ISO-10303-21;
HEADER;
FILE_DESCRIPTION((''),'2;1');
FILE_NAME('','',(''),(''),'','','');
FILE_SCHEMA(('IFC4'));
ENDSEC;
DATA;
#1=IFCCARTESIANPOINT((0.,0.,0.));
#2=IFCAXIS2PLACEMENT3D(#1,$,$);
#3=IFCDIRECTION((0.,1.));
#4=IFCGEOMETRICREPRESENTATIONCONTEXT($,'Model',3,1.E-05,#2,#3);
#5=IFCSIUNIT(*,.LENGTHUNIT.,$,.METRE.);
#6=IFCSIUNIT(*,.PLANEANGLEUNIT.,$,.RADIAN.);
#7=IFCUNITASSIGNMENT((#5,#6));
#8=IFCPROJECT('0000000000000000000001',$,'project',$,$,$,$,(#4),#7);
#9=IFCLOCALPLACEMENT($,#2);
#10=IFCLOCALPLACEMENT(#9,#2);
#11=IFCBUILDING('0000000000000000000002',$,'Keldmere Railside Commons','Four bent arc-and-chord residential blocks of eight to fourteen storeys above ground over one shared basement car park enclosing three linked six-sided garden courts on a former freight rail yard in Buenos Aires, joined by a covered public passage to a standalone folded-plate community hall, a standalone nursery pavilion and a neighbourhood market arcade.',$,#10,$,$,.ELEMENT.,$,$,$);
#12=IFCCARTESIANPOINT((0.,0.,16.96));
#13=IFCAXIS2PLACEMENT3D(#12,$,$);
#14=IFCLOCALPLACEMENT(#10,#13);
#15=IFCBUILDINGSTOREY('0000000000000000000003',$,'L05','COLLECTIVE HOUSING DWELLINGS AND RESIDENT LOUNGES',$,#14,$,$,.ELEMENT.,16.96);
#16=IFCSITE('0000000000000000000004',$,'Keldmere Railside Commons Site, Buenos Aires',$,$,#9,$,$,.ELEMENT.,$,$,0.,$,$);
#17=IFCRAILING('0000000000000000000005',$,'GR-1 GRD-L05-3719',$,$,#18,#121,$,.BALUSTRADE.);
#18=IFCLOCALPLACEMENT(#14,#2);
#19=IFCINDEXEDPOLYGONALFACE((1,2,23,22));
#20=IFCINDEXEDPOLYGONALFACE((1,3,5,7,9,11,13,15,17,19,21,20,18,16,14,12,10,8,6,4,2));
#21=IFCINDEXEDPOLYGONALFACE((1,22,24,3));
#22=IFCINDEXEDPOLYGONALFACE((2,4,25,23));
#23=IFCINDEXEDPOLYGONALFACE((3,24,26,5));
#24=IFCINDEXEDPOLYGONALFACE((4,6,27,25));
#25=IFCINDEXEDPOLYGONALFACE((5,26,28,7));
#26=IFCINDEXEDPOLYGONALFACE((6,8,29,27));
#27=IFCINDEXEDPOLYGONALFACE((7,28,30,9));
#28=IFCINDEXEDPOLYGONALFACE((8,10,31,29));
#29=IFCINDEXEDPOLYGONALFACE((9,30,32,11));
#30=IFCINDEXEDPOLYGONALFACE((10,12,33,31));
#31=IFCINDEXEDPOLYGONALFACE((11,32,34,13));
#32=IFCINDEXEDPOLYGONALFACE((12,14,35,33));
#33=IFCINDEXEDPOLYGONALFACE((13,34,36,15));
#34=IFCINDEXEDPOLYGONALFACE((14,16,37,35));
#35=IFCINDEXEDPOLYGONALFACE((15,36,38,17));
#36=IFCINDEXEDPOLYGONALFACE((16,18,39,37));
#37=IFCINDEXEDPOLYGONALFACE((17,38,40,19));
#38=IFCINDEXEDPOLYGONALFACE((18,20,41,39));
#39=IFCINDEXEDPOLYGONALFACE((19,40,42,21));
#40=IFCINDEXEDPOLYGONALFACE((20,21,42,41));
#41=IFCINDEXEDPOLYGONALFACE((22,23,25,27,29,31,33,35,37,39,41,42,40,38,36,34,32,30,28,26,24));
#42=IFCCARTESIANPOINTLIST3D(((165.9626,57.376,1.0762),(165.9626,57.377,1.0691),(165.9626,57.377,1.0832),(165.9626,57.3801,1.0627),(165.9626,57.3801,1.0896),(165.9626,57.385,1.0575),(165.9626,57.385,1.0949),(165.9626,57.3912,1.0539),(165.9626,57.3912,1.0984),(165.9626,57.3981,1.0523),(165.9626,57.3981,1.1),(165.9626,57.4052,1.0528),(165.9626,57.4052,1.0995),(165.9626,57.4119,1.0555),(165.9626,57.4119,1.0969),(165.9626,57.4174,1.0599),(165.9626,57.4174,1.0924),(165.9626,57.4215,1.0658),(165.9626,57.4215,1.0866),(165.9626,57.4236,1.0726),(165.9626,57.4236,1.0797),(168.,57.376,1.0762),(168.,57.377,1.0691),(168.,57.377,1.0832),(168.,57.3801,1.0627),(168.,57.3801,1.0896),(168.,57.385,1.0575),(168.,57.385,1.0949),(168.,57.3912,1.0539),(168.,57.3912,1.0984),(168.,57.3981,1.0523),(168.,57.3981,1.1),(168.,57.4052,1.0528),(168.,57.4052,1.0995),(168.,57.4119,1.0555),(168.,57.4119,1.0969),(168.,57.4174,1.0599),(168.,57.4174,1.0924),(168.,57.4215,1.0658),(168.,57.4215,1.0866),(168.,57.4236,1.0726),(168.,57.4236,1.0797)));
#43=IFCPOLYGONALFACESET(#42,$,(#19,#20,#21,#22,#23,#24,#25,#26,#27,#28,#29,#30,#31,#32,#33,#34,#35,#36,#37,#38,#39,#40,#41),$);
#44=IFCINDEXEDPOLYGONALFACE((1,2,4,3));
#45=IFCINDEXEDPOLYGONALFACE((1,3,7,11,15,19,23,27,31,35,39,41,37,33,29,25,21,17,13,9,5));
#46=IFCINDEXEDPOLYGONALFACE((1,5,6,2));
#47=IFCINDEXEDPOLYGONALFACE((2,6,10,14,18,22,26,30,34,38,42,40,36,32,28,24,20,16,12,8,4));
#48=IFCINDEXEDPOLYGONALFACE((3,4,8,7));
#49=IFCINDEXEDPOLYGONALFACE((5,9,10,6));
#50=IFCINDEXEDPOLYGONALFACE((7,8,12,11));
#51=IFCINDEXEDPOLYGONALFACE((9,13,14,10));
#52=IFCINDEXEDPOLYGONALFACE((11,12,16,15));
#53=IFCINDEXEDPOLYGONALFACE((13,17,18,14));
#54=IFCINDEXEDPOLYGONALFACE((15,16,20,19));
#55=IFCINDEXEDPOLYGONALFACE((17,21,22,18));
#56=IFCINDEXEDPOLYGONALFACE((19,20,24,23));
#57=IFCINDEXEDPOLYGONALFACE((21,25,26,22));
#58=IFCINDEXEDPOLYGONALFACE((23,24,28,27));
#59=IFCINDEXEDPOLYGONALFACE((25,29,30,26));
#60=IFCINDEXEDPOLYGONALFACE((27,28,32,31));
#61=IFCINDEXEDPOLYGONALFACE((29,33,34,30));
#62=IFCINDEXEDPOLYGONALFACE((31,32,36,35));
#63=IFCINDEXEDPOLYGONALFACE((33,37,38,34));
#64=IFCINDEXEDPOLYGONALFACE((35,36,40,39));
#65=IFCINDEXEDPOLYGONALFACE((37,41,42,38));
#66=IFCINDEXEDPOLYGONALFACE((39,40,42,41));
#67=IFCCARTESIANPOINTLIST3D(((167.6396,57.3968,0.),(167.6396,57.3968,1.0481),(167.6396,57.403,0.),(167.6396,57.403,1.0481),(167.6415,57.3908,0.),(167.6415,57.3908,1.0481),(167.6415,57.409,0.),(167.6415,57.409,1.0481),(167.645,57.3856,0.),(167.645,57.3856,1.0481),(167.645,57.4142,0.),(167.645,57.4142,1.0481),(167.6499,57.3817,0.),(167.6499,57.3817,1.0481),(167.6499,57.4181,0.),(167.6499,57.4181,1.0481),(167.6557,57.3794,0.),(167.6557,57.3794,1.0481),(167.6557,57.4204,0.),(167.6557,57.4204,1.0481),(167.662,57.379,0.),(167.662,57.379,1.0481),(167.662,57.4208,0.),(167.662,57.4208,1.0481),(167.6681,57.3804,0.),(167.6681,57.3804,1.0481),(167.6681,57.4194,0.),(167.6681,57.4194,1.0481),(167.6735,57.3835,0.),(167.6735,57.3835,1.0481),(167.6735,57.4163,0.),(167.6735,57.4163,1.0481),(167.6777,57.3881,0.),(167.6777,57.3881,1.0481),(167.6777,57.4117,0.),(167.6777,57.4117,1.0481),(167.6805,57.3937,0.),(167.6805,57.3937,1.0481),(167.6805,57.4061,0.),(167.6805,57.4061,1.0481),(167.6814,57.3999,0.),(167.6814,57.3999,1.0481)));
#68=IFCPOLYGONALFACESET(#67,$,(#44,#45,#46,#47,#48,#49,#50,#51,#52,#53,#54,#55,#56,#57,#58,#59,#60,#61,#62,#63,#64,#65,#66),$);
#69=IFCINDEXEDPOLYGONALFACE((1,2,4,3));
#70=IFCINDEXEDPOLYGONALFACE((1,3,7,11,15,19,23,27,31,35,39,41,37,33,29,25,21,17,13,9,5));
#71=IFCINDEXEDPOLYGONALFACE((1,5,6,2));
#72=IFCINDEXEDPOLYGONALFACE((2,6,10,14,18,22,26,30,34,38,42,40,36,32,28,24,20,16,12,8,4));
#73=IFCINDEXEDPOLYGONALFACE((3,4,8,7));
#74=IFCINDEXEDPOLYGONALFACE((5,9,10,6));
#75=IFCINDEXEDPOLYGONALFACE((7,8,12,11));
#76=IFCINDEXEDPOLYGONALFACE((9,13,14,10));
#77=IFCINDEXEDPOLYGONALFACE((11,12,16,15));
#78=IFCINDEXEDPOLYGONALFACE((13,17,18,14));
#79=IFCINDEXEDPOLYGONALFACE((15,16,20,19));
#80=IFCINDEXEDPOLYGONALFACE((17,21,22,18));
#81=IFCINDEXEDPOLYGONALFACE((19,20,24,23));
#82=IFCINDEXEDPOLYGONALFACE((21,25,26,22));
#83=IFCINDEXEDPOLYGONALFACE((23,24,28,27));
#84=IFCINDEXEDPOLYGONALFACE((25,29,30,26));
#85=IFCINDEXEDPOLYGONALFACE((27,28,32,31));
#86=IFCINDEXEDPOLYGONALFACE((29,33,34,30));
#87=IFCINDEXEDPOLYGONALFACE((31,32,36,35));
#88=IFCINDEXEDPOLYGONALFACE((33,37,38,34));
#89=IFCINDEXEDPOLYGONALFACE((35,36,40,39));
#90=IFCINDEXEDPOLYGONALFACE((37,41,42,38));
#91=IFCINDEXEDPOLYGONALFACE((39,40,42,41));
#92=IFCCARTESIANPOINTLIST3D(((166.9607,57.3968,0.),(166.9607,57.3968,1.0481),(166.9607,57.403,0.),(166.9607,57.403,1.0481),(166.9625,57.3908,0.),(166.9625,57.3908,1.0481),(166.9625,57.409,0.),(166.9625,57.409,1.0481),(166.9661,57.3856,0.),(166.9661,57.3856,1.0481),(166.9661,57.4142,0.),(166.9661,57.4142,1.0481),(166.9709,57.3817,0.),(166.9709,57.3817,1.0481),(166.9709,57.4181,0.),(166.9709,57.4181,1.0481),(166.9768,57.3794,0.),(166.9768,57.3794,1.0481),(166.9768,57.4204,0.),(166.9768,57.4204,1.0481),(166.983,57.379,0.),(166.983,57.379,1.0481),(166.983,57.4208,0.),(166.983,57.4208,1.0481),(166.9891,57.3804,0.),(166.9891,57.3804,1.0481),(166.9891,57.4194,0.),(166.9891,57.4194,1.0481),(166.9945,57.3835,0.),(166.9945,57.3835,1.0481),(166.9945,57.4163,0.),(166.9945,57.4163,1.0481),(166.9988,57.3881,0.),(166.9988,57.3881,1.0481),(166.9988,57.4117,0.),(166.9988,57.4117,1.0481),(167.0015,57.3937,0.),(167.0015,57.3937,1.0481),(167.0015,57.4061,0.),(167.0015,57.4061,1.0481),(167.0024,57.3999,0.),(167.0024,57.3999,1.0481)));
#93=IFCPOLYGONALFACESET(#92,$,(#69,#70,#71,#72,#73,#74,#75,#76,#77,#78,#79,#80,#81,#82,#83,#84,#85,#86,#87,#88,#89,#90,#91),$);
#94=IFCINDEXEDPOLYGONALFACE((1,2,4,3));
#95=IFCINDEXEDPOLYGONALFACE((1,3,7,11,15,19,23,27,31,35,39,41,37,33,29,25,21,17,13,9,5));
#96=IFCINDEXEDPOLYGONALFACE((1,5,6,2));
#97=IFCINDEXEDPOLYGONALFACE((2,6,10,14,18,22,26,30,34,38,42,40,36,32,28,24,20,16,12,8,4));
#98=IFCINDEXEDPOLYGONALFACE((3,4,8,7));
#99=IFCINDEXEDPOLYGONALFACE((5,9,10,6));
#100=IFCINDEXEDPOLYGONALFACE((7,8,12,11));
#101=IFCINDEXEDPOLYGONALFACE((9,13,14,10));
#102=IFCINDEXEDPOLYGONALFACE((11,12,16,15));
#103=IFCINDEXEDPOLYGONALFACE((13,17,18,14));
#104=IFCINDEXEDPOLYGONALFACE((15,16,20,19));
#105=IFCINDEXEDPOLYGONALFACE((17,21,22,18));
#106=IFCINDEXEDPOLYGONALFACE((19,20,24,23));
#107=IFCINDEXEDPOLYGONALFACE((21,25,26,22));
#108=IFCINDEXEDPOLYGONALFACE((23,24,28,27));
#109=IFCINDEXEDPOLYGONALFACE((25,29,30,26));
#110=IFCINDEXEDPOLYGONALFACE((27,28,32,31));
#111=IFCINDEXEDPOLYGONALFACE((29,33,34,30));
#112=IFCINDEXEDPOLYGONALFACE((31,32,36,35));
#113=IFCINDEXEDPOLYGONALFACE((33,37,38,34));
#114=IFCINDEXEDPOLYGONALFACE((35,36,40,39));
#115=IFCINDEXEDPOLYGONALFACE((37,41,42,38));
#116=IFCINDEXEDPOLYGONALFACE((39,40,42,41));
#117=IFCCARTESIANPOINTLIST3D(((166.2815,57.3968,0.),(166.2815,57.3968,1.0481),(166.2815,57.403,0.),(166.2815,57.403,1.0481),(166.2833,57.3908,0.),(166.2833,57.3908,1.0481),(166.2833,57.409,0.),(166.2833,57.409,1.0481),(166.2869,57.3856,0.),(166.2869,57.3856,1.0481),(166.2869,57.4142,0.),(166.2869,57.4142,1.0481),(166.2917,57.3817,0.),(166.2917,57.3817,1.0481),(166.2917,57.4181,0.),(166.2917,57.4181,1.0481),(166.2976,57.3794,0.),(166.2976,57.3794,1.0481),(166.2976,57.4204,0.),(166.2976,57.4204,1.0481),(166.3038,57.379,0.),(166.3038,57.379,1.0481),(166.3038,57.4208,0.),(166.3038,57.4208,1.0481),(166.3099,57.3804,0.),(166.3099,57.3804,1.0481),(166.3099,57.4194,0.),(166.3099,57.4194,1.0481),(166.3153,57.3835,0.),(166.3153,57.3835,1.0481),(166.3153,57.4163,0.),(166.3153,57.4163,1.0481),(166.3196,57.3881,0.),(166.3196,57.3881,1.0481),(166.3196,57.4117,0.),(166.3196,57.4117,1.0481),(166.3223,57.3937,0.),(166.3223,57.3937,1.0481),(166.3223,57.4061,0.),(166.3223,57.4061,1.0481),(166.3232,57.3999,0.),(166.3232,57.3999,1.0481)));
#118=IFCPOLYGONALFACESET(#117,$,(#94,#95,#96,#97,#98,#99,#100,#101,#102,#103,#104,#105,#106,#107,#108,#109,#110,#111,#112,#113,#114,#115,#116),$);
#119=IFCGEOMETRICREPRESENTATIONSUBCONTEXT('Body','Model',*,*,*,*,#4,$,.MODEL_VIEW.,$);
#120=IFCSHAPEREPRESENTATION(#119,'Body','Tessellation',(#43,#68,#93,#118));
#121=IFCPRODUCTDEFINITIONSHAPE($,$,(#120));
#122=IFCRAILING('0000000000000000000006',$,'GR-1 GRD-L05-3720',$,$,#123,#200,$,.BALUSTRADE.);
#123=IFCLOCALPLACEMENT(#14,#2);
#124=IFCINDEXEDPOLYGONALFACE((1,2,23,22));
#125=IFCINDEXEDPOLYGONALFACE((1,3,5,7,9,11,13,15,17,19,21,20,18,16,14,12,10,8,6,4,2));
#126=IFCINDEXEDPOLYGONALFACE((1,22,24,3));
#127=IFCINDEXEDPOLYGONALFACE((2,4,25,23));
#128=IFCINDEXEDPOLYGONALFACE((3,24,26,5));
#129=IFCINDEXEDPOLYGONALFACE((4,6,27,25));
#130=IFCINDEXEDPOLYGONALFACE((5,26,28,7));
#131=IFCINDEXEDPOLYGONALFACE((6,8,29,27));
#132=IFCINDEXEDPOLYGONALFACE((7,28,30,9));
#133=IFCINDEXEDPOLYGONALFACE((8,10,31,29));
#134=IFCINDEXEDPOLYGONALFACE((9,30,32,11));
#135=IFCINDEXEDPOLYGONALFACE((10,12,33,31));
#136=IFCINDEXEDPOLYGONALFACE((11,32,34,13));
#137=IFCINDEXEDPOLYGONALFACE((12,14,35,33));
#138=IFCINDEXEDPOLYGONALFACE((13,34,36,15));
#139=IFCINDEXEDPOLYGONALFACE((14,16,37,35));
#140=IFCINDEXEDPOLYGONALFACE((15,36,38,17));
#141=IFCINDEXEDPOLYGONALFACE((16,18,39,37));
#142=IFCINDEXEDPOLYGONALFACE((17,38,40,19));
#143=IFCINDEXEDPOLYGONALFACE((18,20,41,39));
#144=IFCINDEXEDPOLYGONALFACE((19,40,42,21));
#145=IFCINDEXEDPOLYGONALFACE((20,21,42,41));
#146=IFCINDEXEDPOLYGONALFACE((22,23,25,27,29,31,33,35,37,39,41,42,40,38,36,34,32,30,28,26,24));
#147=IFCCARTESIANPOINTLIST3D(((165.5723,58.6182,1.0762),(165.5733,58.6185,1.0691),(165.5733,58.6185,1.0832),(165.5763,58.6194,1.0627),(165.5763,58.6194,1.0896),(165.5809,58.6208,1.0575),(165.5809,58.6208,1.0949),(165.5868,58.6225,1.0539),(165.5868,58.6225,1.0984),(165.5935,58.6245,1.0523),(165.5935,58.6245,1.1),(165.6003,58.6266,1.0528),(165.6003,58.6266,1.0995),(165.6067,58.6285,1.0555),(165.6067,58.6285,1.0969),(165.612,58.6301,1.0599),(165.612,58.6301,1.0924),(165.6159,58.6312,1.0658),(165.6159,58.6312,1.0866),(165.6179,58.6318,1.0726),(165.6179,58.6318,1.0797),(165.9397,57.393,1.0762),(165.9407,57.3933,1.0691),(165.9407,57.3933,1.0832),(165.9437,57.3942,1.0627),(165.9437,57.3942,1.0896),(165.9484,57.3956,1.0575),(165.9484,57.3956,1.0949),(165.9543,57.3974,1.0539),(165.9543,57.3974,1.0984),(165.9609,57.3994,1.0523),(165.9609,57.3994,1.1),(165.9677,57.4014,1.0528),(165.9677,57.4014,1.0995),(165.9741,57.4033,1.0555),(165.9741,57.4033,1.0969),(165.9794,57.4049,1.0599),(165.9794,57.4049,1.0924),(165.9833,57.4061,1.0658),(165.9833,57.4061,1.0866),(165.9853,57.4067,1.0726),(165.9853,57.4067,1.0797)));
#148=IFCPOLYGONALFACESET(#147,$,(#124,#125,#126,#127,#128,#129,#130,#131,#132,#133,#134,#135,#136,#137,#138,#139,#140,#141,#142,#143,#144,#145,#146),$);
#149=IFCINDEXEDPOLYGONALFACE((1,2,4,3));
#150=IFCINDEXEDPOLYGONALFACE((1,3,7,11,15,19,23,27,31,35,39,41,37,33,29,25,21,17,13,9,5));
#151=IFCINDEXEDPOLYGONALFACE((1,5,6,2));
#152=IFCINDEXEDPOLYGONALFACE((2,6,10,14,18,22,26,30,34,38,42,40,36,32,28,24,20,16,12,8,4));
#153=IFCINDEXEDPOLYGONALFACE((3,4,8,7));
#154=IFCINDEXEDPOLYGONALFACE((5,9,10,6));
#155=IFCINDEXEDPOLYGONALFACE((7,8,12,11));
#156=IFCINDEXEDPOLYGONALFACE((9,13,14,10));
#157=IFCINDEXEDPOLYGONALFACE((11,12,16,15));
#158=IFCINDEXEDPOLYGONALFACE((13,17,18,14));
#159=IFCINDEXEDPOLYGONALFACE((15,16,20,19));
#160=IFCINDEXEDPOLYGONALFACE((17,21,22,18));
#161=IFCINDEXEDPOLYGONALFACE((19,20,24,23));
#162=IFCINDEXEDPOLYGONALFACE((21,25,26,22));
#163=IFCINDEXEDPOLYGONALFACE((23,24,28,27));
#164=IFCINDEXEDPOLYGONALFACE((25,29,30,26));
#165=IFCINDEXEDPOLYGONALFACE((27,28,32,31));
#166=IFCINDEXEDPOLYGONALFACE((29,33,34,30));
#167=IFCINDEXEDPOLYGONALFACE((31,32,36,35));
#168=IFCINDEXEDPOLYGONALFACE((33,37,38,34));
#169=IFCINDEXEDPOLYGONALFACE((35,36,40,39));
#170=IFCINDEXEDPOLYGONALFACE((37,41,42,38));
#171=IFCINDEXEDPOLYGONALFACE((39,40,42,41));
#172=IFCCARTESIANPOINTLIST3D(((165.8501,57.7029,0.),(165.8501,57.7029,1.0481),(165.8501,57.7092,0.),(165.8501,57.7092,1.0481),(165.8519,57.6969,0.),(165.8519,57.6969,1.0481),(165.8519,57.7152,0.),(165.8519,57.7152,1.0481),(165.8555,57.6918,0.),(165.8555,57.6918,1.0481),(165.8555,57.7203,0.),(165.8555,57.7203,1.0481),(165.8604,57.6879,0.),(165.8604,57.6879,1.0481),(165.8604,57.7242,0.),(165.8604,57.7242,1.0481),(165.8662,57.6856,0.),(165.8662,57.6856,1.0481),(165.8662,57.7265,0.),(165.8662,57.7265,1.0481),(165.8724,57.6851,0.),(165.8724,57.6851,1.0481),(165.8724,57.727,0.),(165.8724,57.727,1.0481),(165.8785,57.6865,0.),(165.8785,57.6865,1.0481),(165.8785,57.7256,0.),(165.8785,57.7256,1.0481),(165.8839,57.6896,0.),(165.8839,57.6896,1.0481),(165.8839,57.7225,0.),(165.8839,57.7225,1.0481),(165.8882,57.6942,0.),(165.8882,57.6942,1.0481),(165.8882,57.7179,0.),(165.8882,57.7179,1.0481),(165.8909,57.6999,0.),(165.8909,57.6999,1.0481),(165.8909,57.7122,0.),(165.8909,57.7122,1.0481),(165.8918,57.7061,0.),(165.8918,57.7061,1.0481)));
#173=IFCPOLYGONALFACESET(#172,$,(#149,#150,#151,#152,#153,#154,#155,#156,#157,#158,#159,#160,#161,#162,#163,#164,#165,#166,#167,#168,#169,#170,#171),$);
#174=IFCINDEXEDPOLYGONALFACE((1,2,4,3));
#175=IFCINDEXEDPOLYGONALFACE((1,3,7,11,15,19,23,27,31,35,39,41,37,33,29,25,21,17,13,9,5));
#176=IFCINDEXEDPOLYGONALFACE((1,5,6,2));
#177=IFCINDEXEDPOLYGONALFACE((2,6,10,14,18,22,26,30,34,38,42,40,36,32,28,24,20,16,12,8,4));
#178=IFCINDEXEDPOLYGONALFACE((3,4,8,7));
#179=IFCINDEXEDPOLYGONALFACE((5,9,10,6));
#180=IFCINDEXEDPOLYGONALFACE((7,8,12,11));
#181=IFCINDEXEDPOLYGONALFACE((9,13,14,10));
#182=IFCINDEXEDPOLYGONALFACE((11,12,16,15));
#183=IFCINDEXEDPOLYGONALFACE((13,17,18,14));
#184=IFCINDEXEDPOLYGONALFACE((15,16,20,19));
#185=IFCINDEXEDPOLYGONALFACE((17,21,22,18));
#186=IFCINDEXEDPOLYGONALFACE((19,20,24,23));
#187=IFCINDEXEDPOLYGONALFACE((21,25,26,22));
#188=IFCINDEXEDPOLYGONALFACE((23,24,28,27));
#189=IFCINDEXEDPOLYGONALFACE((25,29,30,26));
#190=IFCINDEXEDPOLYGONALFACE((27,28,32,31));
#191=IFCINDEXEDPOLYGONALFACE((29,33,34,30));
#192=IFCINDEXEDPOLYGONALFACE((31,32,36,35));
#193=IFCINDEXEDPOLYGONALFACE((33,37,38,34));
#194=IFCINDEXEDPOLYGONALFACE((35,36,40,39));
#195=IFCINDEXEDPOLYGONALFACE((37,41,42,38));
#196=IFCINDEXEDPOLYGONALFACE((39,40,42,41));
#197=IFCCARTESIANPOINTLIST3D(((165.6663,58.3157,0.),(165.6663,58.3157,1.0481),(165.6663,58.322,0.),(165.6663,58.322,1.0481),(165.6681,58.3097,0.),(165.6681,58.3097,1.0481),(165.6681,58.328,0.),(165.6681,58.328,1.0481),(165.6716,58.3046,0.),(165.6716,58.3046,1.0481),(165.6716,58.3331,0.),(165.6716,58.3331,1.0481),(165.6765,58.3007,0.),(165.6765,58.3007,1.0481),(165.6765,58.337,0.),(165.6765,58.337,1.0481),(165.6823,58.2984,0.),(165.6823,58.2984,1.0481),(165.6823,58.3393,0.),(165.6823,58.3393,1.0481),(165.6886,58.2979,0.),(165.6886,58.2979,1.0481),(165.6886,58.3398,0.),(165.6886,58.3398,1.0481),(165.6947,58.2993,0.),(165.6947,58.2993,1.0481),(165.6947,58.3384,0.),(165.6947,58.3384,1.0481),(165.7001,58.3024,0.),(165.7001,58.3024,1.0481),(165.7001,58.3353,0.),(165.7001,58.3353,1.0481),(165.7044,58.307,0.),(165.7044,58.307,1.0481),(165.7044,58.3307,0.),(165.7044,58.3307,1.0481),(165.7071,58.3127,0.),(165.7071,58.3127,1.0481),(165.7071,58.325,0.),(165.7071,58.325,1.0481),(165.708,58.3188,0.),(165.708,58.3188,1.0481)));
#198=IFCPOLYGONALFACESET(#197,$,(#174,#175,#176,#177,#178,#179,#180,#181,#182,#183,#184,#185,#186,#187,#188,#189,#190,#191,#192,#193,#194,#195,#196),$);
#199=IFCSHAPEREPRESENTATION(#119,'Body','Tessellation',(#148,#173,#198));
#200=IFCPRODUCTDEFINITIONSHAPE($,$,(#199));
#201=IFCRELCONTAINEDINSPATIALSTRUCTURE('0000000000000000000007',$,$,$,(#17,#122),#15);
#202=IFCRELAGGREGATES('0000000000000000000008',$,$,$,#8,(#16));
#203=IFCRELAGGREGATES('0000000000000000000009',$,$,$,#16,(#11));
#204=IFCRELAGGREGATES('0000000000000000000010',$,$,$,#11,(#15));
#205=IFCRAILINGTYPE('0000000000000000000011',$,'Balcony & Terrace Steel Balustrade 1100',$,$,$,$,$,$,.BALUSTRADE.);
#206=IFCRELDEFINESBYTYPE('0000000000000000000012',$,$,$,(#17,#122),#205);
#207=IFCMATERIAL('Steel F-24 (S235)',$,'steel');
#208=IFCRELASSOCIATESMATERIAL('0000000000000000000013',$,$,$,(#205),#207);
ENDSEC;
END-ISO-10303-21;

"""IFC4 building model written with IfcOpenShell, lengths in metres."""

from ifc_helpers import new_model, si_unit, direction, frame, origin, origin_2d, place, context, subcontext, project, spatial, circle, extrude, material, type_object, element, save


model = new_model("IFC4")

# Units and contexts
model_context = context("Model", 3, precision=1e-05, world=origin(), true_north=direction((0.0, 1.0)))
body_context = subcontext(model_context, "Body", "Model", "MODEL_VIEW")
ifc_project = project(units=[si_unit("LENGTHUNIT", "METRE"), si_unit("PLANEANGLEUNIT", "RADIAN")], contexts=[model_context])

# Site, building, storey
site_placement = place(None, origin())
site = spatial("IfcSite", under=ifc_project, at=site_placement, Name="Keldmere Railside Commons Site, Buenos Aires", CompositionType="ELEMENT", RefElevation=0.0)
building_placement = place(site_placement, origin())
building = spatial("IfcBuilding", under=site, at=building_placement, Name="Keldmere Railside Commons", Description="Four bent arc-and-chord residential blocks of eight to fourteen storeys above ground over one shared basement car park enclosing three linked six-sided garden courts on a former freight rail yard in Buenos Aires, joined by a covered public passage to a standalone folded-plate community hall, a standalone nursery pavilion and a neighbourhood market arcade.", CompositionType="ELEMENT")
storey_placement = place(building_placement, frame((0.0, 0.0, 16.96)))
storey = spatial("IfcBuildingStorey", under=building, at=storey_placement, Name="L05", Description="COLLECTIVE HOUSING DWELLINGS AND RESIDENT LOUNGES", CompositionType="ELEMENT", Elevation=16.96)

# Railings
ifc_material_1 = material(Name="Steel F-24 (S235)", Category="steel")
railing_type = type_object("IfcRailingType", Name="Balcony & Terrace Steel Balustrade 1100", PredefinedType="BALUSTRADE", material=ifc_material_1)
railing_1_placement = place(storey_placement, frame((168.0, 57.3999, 0.0)))
element("IfcRailing", 1, at=railing_1_placement, inside=storey, type_object=railing_type, Name="GR-1 GRD-L05-3719", PredefinedType="BALUSTRADE", context=body_context, shape_type="SweptSolid", body=[
    extrude(circle(Radius=0.0239, at=origin_2d()), frame((0.0, 0.0, 1.0762), z_axis=(-1.0, 0.0, 0.0), x_axis=(0.0, -1.0, 0.0)), (0.0, 0.0, 1.0), 2.0374),
    extrude(circle(Radius=0.021, at=origin_2d()), frame((-0.3396, 0.0, 0.0)), (0.0, 0.0, 1.0), 1.0481),
    extrude(circle(Radius=0.021, at=origin_2d()), frame((-1.0186, 0.0, 0.0)), (0.0, 0.0, 1.0), 1.0481),
    extrude(circle(Radius=0.021, at=origin_2d()), frame((-1.6978, 0.0, 0.0)), (0.0, 0.0, 1.0), 1.0481),
])
railing_2_placement = place(storey_placement, frame((165.9626, 57.3999, 0.0)))
element("IfcRailing", 2, at=railing_2_placement, inside=storey, type_object=railing_type, Name="GR-1 GRD-L05-3720", PredefinedType="BALUSTRADE", context=body_context, shape_type="SweptSolid", body=[
    extrude(circle(Radius=0.0239, at=origin_2d()), frame((0.0, 0.0, 1.0762), z_axis=(-0.287278, 0.957847, 0.0), x_axis=(-0.957847, -0.287278, 0.0)), (0.0, 0.0, 1.0), 1.2791),
    extrude(circle(Radius=0.021, at=origin_2d()), frame((-0.0918, 0.3062, 0.0)), (0.0, 0.0, 1.0), 1.0481),
    extrude(circle(Radius=0.021, at=origin_2d()), frame((-0.2756, 0.9189, 0.0)), (0.0, 0.0, 1.0), 1.0481),
])

save(model, "model.ifc")
